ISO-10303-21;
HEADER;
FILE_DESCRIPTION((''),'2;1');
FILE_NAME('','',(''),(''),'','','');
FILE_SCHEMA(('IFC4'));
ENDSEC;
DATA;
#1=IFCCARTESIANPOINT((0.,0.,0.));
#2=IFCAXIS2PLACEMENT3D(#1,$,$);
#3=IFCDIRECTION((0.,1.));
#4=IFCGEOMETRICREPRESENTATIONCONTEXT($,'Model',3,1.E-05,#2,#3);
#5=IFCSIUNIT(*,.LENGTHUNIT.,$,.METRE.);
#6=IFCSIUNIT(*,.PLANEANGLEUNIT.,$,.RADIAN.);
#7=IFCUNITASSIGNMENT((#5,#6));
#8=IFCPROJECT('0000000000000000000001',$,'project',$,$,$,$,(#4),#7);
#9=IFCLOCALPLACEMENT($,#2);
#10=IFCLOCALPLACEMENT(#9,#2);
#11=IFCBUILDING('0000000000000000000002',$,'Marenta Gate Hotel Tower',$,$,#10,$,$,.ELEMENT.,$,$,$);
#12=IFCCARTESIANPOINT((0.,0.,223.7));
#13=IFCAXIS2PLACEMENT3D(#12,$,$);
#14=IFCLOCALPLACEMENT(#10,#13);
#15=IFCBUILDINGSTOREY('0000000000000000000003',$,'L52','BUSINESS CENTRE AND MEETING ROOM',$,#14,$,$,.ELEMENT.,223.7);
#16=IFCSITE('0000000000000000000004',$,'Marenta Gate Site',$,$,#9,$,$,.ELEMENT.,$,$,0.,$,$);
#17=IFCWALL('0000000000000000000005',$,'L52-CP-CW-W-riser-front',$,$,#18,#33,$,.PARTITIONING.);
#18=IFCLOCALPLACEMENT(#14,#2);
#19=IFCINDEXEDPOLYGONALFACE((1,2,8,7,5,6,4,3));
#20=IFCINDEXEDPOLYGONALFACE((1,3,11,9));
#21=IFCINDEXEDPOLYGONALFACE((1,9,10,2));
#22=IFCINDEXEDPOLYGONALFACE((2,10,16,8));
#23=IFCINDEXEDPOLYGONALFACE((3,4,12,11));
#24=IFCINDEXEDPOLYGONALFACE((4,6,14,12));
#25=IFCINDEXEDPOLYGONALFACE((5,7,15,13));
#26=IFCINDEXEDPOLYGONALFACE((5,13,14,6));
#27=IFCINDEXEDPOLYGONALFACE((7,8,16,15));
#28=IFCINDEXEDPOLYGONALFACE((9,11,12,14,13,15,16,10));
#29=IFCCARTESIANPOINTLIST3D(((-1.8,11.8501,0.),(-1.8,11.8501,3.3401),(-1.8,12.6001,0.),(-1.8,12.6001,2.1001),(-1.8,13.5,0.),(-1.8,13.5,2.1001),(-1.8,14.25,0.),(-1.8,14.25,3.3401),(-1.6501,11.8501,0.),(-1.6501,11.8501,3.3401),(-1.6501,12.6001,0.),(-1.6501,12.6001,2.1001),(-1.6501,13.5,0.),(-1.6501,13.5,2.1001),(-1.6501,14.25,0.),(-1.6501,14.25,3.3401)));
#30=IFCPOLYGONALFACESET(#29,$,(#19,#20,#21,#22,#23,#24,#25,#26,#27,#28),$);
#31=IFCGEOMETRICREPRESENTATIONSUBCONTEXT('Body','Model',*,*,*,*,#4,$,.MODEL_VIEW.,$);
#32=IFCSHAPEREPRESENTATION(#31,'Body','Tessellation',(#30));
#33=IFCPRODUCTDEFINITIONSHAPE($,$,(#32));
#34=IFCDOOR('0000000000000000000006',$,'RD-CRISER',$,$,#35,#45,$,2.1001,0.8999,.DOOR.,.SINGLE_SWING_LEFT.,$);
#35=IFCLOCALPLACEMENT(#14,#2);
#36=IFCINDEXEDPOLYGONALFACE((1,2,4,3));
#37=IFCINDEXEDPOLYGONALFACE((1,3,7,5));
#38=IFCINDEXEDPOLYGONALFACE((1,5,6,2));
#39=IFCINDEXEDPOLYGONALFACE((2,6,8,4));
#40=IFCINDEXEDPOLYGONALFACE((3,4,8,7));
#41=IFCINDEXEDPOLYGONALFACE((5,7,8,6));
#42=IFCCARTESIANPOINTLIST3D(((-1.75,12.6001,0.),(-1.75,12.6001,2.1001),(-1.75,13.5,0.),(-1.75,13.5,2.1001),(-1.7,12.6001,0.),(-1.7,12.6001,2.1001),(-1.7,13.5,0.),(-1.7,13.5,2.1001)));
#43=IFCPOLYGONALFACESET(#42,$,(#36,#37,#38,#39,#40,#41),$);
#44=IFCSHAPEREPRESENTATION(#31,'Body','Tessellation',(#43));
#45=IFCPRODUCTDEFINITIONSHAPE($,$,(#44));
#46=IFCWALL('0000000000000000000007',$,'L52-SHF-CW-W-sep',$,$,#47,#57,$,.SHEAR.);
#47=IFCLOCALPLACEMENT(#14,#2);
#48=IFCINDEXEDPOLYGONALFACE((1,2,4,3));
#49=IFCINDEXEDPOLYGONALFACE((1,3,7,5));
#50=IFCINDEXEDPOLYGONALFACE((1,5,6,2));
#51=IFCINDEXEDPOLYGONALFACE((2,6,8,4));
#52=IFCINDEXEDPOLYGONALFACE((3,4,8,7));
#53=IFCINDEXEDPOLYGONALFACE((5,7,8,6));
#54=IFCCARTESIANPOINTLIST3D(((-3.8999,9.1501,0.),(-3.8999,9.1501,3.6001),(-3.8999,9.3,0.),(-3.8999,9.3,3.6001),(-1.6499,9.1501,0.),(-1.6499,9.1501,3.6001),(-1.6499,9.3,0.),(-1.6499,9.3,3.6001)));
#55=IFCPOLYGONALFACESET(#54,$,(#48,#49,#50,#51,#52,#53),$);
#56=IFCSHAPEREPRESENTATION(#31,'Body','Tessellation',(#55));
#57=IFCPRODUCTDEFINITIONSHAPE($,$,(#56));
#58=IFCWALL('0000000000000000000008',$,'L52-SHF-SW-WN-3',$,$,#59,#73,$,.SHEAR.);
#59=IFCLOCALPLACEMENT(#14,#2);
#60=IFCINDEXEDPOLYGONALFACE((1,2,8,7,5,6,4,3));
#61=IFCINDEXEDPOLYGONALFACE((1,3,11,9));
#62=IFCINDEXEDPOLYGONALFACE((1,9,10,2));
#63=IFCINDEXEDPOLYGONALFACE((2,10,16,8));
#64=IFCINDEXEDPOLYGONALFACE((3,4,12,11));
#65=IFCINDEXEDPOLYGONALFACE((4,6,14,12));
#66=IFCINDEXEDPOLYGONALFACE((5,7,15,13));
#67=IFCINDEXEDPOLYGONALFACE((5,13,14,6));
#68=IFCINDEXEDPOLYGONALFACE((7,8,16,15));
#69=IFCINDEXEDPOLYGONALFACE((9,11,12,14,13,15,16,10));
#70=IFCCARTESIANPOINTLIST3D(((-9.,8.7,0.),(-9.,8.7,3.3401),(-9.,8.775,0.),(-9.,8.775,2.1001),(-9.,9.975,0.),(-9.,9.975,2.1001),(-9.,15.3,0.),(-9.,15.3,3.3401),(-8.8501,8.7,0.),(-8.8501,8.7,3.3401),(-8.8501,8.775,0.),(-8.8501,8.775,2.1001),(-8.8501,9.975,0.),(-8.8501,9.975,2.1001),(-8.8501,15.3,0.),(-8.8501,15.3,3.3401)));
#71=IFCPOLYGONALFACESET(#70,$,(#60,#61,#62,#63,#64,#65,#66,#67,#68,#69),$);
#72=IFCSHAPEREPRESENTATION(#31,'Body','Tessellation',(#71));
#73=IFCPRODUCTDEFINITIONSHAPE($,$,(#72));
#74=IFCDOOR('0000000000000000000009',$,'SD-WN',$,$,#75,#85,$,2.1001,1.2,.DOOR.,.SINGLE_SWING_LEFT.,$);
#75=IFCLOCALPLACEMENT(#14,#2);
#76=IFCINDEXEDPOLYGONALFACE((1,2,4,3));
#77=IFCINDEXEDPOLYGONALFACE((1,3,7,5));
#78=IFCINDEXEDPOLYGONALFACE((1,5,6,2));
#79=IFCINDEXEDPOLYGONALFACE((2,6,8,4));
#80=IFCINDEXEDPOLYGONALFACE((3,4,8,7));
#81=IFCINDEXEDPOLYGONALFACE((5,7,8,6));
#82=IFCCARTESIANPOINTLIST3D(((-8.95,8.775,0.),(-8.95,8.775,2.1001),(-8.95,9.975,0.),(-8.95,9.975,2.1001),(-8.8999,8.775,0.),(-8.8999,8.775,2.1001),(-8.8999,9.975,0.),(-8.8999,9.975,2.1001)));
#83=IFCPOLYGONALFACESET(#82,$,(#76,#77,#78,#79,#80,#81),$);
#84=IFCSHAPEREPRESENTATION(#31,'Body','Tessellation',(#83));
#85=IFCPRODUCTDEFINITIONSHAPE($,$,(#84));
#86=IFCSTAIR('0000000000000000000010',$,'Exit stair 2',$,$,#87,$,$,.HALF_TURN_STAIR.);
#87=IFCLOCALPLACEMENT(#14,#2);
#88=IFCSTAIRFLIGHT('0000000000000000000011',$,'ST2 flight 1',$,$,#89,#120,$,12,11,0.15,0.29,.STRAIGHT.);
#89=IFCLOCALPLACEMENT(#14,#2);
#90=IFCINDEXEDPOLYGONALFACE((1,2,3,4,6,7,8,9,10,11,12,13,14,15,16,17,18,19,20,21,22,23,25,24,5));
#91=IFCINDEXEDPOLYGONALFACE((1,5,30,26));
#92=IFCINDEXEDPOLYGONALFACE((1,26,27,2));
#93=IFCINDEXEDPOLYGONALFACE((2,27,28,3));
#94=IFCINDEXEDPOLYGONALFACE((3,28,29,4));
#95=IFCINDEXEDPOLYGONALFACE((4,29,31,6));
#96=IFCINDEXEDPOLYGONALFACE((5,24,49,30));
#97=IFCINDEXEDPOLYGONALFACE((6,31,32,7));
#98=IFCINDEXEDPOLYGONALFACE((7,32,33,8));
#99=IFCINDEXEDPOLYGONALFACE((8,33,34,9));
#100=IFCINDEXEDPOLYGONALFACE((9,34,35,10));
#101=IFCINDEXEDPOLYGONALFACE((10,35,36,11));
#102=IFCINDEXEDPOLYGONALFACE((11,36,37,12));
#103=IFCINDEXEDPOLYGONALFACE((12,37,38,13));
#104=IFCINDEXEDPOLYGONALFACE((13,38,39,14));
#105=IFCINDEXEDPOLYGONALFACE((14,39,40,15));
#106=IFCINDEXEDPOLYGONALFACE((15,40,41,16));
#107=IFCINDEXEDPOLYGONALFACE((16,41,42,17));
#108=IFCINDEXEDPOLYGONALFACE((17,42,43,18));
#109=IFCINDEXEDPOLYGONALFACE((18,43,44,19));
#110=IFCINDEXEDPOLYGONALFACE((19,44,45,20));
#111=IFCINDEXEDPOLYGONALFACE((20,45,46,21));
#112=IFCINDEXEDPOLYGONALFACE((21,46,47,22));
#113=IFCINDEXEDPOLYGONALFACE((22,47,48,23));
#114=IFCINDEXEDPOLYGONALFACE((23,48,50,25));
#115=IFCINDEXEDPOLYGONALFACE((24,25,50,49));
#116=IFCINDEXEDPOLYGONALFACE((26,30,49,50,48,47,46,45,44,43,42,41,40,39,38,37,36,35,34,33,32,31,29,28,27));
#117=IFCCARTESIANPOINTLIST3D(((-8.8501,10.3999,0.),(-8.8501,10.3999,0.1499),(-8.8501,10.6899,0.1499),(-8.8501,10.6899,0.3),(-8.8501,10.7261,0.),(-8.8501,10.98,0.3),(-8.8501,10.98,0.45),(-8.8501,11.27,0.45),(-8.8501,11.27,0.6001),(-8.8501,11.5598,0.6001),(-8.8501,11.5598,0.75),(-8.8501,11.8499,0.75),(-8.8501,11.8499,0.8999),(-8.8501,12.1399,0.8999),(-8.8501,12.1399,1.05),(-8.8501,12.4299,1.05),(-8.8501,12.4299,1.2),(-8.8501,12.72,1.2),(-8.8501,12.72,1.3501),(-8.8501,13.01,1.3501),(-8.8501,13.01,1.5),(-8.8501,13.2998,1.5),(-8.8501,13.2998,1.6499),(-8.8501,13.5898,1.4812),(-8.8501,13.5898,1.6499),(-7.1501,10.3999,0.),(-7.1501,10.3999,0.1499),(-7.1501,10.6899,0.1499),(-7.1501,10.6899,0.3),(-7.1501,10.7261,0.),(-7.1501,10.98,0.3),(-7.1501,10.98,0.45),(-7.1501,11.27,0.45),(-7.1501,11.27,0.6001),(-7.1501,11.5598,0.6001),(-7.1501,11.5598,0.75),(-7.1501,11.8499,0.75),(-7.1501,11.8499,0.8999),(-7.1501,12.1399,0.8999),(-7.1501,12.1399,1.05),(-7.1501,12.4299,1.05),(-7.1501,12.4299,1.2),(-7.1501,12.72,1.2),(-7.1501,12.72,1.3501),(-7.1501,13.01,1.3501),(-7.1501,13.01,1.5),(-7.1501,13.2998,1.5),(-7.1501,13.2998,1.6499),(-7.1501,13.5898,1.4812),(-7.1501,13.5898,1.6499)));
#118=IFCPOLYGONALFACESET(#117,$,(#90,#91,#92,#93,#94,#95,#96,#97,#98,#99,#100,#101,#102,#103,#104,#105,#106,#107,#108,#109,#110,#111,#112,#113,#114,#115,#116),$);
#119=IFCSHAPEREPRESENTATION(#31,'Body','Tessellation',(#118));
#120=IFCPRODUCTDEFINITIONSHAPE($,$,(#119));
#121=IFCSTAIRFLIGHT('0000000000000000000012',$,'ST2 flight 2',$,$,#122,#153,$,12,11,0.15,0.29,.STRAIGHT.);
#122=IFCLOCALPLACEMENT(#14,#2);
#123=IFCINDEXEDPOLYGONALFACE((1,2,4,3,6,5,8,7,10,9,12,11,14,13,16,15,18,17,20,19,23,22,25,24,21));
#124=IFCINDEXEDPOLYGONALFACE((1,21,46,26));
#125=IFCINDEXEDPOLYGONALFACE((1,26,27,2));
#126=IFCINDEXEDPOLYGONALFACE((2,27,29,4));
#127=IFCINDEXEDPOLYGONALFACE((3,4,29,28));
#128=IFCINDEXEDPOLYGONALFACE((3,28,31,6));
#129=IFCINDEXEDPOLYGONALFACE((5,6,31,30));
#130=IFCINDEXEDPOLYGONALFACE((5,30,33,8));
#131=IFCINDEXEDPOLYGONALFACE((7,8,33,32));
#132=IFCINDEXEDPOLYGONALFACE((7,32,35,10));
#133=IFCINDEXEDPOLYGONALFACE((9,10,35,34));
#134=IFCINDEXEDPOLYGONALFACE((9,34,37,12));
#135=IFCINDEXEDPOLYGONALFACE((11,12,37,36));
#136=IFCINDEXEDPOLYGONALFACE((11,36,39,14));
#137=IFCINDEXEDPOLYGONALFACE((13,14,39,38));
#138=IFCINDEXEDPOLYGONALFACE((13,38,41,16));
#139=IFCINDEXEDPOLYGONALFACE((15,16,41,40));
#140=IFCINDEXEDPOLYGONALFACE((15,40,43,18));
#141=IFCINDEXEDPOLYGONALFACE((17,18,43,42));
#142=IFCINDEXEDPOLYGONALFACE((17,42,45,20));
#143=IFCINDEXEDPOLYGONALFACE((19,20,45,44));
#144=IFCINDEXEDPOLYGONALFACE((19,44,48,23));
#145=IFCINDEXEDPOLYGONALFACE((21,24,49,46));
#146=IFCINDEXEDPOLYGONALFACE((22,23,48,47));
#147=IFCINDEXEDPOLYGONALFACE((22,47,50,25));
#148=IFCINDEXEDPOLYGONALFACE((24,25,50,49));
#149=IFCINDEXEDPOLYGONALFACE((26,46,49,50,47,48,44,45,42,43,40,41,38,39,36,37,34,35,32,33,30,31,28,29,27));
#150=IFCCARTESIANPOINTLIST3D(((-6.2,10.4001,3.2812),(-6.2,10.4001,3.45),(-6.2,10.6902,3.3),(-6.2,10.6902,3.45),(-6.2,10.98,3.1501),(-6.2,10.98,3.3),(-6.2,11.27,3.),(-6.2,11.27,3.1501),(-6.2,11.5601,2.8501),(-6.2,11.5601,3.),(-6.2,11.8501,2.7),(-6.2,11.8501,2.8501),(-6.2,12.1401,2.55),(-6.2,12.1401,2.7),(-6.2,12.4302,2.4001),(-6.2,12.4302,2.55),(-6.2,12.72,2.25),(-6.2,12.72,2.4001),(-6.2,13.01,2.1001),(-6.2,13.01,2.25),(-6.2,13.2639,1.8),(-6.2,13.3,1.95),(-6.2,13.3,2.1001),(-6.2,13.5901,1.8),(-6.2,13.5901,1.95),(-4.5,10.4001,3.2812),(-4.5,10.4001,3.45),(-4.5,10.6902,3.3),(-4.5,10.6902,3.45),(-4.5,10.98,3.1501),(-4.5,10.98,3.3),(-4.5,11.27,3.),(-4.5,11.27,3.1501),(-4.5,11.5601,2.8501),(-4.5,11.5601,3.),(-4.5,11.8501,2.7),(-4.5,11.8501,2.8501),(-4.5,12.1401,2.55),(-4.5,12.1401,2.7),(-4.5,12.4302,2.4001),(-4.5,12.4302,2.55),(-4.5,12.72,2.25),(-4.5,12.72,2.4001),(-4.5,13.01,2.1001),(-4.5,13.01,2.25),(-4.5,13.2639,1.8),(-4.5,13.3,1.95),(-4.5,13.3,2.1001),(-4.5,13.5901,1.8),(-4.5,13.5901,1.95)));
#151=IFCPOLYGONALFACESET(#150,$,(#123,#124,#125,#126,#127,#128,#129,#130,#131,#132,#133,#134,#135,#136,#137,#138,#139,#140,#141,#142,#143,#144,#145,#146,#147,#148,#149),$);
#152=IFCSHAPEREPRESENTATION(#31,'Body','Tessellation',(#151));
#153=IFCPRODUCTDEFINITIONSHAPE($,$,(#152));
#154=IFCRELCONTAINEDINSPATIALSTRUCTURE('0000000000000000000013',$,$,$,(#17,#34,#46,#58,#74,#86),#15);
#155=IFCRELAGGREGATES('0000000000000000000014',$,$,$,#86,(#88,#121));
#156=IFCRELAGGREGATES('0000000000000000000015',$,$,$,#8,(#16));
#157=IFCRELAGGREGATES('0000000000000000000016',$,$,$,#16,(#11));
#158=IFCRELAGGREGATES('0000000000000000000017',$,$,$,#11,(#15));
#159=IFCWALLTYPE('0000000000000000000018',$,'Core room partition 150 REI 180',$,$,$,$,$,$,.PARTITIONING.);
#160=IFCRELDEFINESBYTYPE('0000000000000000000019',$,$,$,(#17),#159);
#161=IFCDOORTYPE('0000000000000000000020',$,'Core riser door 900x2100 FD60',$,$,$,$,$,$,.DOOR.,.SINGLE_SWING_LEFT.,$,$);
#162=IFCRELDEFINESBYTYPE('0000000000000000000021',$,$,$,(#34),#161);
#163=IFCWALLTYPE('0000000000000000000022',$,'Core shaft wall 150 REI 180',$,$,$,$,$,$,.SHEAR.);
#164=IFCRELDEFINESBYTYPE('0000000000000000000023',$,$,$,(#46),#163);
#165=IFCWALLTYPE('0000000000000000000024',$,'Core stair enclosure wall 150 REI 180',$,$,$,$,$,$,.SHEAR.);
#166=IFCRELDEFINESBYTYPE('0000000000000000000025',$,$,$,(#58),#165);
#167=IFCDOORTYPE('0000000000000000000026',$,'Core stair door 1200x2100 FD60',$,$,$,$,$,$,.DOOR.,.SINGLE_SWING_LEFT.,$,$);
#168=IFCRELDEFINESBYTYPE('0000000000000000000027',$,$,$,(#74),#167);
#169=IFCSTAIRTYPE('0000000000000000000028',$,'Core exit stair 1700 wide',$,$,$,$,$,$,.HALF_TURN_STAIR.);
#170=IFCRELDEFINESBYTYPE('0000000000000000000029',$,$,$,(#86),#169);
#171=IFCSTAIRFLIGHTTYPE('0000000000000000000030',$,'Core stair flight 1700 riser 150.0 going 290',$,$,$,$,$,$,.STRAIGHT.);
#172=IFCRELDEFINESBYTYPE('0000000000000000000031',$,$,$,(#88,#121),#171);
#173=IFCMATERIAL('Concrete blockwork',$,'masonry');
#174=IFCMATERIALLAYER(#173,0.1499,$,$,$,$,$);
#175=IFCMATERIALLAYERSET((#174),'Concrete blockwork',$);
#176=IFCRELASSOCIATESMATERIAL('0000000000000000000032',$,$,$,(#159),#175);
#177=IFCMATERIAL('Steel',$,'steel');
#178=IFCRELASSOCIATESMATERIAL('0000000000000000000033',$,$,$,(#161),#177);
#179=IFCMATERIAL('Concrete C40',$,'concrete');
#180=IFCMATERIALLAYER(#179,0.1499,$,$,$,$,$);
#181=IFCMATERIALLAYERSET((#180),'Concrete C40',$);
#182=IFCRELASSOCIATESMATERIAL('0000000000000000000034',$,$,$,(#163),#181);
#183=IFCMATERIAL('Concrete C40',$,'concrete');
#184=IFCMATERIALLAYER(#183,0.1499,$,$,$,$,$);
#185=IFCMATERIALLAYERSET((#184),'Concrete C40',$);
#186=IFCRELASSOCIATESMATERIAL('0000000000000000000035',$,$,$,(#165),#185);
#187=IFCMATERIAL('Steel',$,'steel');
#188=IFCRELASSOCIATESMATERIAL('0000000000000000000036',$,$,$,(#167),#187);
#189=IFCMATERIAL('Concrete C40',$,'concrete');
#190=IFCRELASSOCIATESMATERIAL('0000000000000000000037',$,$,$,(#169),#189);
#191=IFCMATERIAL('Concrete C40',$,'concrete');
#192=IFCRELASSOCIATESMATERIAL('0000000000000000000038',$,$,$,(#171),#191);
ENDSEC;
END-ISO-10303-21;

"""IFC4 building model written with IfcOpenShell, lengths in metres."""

from ifc_helpers import new_model, si_unit, direction, frame, frame_2d, origin, place, context, subcontext, project, spatial, polyline, rectangle, outline, extrude, material, layer, layer_set, type_object, element, fill, aggregate, save


model = new_model("IFC4")

# Units and contexts
model_context = context("Model", 3, precision=1e-05, world=origin(), true_north=direction((0.0, 1.0)))
body_context = subcontext(model_context, "Body", "Model", "MODEL_VIEW")
ifc_project = project(units=[si_unit("LENGTHUNIT", "METRE"), si_unit("PLANEANGLEUNIT", "RADIAN")], contexts=[model_context])

# Site, building, storey
site_placement = place(None, origin())
site = spatial("IfcSite", under=ifc_project, at=site_placement, Name="Marenta Gate Site", CompositionType="ELEMENT", RefElevation=0.0)
building_placement = place(site_placement, origin())
building = spatial("IfcBuilding", under=site, at=building_placement, Name="Marenta Gate Hotel Tower", CompositionType="ELEMENT")
storey_placement = place(building_placement, frame((0.0, 0.0, 223.7)))
storey = spatial("IfcBuildingStorey", under=building, at=storey_placement, Name="L52", Description="BUSINESS CENTRE AND MEETING ROOM", CompositionType="ELEMENT", Elevation=223.7)

# Wall, opening, door
ifc_material_1 = material(Name="Concrete blockwork", Category="masonry")
ifc_layer_1 = layer(ifc_material_1, 0.1499)
ifc_layer_set_1 = layer_set([ifc_layer_1], Name="Concrete blockwork")
wall_type_1 = type_object("IfcWallType", Name="Core room partition 150 REI 180", PredefinedType="PARTITIONING", material=ifc_layer_set_1)
wall_1_placement = place(storey_placement, frame((-1.7251, 11.8501, 0.0), z_axis=(0.0, 0.0, 1.0), x_axis=(0.0, 1.0, 0.0)))
wall_1 = element("IfcWall", 1, at=wall_1_placement, inside=storey, type_object=wall_type_1, Name="L52-CP-CW-W-riser-front", PredefinedType="PARTITIONING", context=body_context, shape_type="SweptSolid", body=[
    extrude(rectangle(XDim=2.3999, YDim=0.1499, at=frame_2d((1.2, 0.0))), origin(), (0.0, 0.0, 1.0), 3.3401),
])
opening_1_placement = place(wall_1_placement, frame((0.75, 0.0, 0.0)))
opening_1 = element("IfcOpeningElement", 2, at=opening_1_placement, cuts=wall_1, PredefinedType="OPENING", context=body_context, shape_type="SweptSolid", body=[
    extrude(rectangle(XDim=0.8999, YDim=2.1001, at=frame_2d((0.45, 1.05))), frame((0.0, 0.075, 0.0), z_axis=(0.0, -1.0, 0.0), x_axis=(1.0, 0.0, 0.0)), (0.0, 0.0, 1.0), 0.1499),
])
ifc_material_2 = material(Name="Steel", Category="steel")
door_type_1 = type_object("IfcDoorType", Name="Core riser door 900x2100 FD60", OperationType="SINGLE_SWING_LEFT", PredefinedType="DOOR", material=ifc_material_2)
door_1_placement = place(opening_1_placement, origin())
door_1 = element("IfcDoor", 3, at=door_1_placement, inside=storey, type_object=door_type_1, Name="RD-CRISER", OperationType="SINGLE_SWING_LEFT", OverallHeight=2.1001, OverallWidth=0.8999, PredefinedType="DOOR", context=body_context, shape_type="SweptSolid", body=[
    extrude(rectangle(XDim=0.8999, YDim=2.1001, at=frame_2d((0.45, 1.05))), frame((0.0, 0.0249, 0.0), z_axis=(0.0, -1.0, 0.0), x_axis=(1.0, 0.0, 0.0)), (0.0, 0.0, 1.0), 0.05),
])
fill(opening_1, door_1)

# Wall
ifc_material_3 = material(Name="Concrete C40", Category="concrete")
ifc_layer_2 = layer(ifc_material_3, 0.1499)
ifc_layer_set_2 = layer_set([ifc_layer_2], Name="Concrete C40")
wall_type_2 = type_object("IfcWallType", Name="Core shaft wall 150 REI 180", PredefinedType="SHEAR", material=ifc_layer_set_2)
wall_2_placement = place(storey_placement, frame((-3.8999, 9.2251, 0.0), z_axis=(0.0, 0.0, 1.0), x_axis=(1.0, 0.0, 0.0)))
element("IfcWall", 4, at=wall_2_placement, inside=storey, type_object=wall_type_2, Name="L52-SHF-CW-W-sep", PredefinedType="SHEAR", context=body_context, shape_type="SweptSolid", body=[
    extrude(rectangle(XDim=2.25, YDim=0.1499, at=frame_2d((1.125, 0.0))), origin(), (0.0, 0.0, 1.0), 3.6001),
])

# Wall, opening, door
ifc_material_4 = material(Name="Concrete C40", Category="concrete")
ifc_layer_3 = layer(ifc_material_4, 0.1499)
ifc_layer_set_3 = layer_set([ifc_layer_3], Name="Concrete C40")
wall_type_3 = type_object("IfcWallType", Name="Core stair enclosure wall 150 REI 180", PredefinedType="SHEAR", material=ifc_layer_set_3)
wall_3_placement = place(storey_placement, frame((-8.925, 8.7, 0.0), z_axis=(0.0, 0.0, 1.0), x_axis=(0.0, 1.0, 0.0)))
wall_3 = element("IfcWall", 5, at=wall_3_placement, inside=storey, type_object=wall_type_3, Name="L52-SHF-SW-WN-3", PredefinedType="SHEAR", context=body_context, shape_type="SweptSolid", body=[
    extrude(rectangle(XDim=6.6001, YDim=0.1499, at=frame_2d((3.3, 0.0))), origin(), (0.0, 0.0, 1.0), 3.3401),
])
opening_2_placement = place(wall_3_placement, frame((0.075, 0.0, 0.0)))
opening_2 = element("IfcOpeningElement", 6, at=opening_2_placement, cuts=wall_3, PredefinedType="OPENING", context=body_context, shape_type="SweptSolid", body=[
    extrude(rectangle(XDim=1.2, YDim=2.1001, at=frame_2d((0.6001, 1.05))), frame((0.0, 0.075, 0.0), z_axis=(0.0, -1.0, 0.0), x_axis=(1.0, 0.0, 0.0)), (0.0, 0.0, 1.0), 0.1499),
])
ifc_material_5 = material(Name="Steel", Category="steel")
door_type_2 = type_object("IfcDoorType", Name="Core stair door 1200x2100 FD60", OperationType="SINGLE_SWING_LEFT", PredefinedType="DOOR", material=ifc_material_5)
door_2_placement = place(opening_2_placement, origin())
door_2 = element("IfcDoor", 7, at=door_2_placement, inside=storey, type_object=door_type_2, Name="SD-WN", OperationType="SINGLE_SWING_LEFT", OverallHeight=2.1001, OverallWidth=1.2, PredefinedType="DOOR", context=body_context, shape_type="SweptSolid", body=[
    extrude(rectangle(XDim=1.2, YDim=2.1001, at=frame_2d((0.6001, 1.05))), frame((0.0, 0.0249, 0.0), z_axis=(0.0, -1.0, 0.0), x_axis=(1.0, 0.0, 0.0)), (0.0, 0.0, 1.0), 0.05),
])
fill(opening_2, door_2)

# Stair, stair flights
ifc_material_6 = material(Name="Concrete C40", Category="concrete")
stair_type = type_object("IfcStairType", Name="Core exit stair 1700 wide", PredefinedType="HALF_TURN_STAIR", material=ifc_material_6)
stair_placement = place(storey_placement, origin())
stair = element("IfcStair", 8, at=stair_placement, inside=storey, type_object=stair_type, Name="Exit stair 2", PredefinedType="HALF_TURN_STAIR")
ifc_material_7 = material(Name="Concrete C40", Category="concrete")
stair_flight_type = type_object("IfcStairFlightType", Name="Core stair flight 1700 riser 150.0 going 290", PredefinedType="STRAIGHT", material=ifc_material_7)
stair_flight_1_placement = place(storey_placement, frame((-8.0, 10.3999, 0.0), z_axis=(0.0, 0.0, 1.0), x_axis=(0.0, 1.0, 0.0)))
stair_flight_1 = element("IfcStairFlight", 9, at=stair_flight_1_placement, type_object=stair_flight_type, Name="ST2 flight 1", NumberOfRisers=12, NumberOfTreads=11, PredefinedType="STRAIGHT", RiserHeight=0.15, TreadLength=0.29, context=body_context, shape_type="SweptSolid", body=[
    extrude(outline(polyline([(0.0, 0.0), (0.0, 0.1499), (0.29, 0.1499), (0.29, 0.3), (0.5801, 0.3), (0.5801, 0.45), (0.8701, 0.45), (0.8701, 0.6001), (1.1599, 0.6001), (1.1599, 0.75), (1.45, 0.75), (1.45, 0.8999), (1.74, 0.8999), (1.74, 1.05), (2.03, 1.05), (2.03, 1.2), (2.3201, 1.2), (2.3201, 1.3501), (2.6101, 1.3501), (2.6101, 1.5), (2.8999, 1.5), (2.8999, 1.6499), (3.1899, 1.6499), (3.1899, 1.8), (3.1899, 1.4812), (0.3262, 0.0), (0.0, 0.0)])), frame((0.0, 0.8501, 0.0), z_axis=(0.0, -1.0, 0.0), x_axis=(1.0, 0.0, 0.0)), (0.0, 0.0, 1.0), 1.7),
])
stair_flight_2_placement = place(storey_placement, frame((-5.3501, 13.5901, 1.8), z_axis=(0.0, 0.0, 1.0), x_axis=(0.0, -1.0, 0.0)))
stair_flight_2 = element("IfcStairFlight", 10, at=stair_flight_2_placement, type_object=stair_flight_type, Name="ST2 flight 2", NumberOfRisers=12, NumberOfTreads=11, PredefinedType="STRAIGHT", RiserHeight=0.15, TreadLength=0.29, context=body_context, shape_type="SweptSolid", body=[
    extrude(outline(polyline([(0.0, 0.0), (0.0, 0.1499), (0.29, 0.1499), (0.29, 0.3), (0.5801, 0.3), (0.5801, 0.45), (0.8701, 0.45), (0.8701, 0.6001), (1.1599, 0.6001), (1.1599, 0.75), (1.45, 0.75), (1.45, 0.8999), (1.74, 0.8999), (1.74, 1.05), (2.03, 1.05), (2.03, 1.2), (2.3201, 1.2), (2.3201, 1.3501), (2.6101, 1.3501), (2.6101, 1.5), (2.8999, 1.5), (2.8999, 1.6499), (3.1899, 1.6499), (3.1899, 1.8), (3.1899, 1.4812), (0.3262, 0.0), (0.0, 0.0)])), frame((0.0, 0.8501, 0.0), z_axis=(0.0, -1.0, 0.0), x_axis=(1.0, 0.0, 0.0)), (0.0, 0.0, 1.0), 1.7),
])
aggregate(stair, [stair_flight_1, stair_flight_2])

save(model, "model.ifc")
